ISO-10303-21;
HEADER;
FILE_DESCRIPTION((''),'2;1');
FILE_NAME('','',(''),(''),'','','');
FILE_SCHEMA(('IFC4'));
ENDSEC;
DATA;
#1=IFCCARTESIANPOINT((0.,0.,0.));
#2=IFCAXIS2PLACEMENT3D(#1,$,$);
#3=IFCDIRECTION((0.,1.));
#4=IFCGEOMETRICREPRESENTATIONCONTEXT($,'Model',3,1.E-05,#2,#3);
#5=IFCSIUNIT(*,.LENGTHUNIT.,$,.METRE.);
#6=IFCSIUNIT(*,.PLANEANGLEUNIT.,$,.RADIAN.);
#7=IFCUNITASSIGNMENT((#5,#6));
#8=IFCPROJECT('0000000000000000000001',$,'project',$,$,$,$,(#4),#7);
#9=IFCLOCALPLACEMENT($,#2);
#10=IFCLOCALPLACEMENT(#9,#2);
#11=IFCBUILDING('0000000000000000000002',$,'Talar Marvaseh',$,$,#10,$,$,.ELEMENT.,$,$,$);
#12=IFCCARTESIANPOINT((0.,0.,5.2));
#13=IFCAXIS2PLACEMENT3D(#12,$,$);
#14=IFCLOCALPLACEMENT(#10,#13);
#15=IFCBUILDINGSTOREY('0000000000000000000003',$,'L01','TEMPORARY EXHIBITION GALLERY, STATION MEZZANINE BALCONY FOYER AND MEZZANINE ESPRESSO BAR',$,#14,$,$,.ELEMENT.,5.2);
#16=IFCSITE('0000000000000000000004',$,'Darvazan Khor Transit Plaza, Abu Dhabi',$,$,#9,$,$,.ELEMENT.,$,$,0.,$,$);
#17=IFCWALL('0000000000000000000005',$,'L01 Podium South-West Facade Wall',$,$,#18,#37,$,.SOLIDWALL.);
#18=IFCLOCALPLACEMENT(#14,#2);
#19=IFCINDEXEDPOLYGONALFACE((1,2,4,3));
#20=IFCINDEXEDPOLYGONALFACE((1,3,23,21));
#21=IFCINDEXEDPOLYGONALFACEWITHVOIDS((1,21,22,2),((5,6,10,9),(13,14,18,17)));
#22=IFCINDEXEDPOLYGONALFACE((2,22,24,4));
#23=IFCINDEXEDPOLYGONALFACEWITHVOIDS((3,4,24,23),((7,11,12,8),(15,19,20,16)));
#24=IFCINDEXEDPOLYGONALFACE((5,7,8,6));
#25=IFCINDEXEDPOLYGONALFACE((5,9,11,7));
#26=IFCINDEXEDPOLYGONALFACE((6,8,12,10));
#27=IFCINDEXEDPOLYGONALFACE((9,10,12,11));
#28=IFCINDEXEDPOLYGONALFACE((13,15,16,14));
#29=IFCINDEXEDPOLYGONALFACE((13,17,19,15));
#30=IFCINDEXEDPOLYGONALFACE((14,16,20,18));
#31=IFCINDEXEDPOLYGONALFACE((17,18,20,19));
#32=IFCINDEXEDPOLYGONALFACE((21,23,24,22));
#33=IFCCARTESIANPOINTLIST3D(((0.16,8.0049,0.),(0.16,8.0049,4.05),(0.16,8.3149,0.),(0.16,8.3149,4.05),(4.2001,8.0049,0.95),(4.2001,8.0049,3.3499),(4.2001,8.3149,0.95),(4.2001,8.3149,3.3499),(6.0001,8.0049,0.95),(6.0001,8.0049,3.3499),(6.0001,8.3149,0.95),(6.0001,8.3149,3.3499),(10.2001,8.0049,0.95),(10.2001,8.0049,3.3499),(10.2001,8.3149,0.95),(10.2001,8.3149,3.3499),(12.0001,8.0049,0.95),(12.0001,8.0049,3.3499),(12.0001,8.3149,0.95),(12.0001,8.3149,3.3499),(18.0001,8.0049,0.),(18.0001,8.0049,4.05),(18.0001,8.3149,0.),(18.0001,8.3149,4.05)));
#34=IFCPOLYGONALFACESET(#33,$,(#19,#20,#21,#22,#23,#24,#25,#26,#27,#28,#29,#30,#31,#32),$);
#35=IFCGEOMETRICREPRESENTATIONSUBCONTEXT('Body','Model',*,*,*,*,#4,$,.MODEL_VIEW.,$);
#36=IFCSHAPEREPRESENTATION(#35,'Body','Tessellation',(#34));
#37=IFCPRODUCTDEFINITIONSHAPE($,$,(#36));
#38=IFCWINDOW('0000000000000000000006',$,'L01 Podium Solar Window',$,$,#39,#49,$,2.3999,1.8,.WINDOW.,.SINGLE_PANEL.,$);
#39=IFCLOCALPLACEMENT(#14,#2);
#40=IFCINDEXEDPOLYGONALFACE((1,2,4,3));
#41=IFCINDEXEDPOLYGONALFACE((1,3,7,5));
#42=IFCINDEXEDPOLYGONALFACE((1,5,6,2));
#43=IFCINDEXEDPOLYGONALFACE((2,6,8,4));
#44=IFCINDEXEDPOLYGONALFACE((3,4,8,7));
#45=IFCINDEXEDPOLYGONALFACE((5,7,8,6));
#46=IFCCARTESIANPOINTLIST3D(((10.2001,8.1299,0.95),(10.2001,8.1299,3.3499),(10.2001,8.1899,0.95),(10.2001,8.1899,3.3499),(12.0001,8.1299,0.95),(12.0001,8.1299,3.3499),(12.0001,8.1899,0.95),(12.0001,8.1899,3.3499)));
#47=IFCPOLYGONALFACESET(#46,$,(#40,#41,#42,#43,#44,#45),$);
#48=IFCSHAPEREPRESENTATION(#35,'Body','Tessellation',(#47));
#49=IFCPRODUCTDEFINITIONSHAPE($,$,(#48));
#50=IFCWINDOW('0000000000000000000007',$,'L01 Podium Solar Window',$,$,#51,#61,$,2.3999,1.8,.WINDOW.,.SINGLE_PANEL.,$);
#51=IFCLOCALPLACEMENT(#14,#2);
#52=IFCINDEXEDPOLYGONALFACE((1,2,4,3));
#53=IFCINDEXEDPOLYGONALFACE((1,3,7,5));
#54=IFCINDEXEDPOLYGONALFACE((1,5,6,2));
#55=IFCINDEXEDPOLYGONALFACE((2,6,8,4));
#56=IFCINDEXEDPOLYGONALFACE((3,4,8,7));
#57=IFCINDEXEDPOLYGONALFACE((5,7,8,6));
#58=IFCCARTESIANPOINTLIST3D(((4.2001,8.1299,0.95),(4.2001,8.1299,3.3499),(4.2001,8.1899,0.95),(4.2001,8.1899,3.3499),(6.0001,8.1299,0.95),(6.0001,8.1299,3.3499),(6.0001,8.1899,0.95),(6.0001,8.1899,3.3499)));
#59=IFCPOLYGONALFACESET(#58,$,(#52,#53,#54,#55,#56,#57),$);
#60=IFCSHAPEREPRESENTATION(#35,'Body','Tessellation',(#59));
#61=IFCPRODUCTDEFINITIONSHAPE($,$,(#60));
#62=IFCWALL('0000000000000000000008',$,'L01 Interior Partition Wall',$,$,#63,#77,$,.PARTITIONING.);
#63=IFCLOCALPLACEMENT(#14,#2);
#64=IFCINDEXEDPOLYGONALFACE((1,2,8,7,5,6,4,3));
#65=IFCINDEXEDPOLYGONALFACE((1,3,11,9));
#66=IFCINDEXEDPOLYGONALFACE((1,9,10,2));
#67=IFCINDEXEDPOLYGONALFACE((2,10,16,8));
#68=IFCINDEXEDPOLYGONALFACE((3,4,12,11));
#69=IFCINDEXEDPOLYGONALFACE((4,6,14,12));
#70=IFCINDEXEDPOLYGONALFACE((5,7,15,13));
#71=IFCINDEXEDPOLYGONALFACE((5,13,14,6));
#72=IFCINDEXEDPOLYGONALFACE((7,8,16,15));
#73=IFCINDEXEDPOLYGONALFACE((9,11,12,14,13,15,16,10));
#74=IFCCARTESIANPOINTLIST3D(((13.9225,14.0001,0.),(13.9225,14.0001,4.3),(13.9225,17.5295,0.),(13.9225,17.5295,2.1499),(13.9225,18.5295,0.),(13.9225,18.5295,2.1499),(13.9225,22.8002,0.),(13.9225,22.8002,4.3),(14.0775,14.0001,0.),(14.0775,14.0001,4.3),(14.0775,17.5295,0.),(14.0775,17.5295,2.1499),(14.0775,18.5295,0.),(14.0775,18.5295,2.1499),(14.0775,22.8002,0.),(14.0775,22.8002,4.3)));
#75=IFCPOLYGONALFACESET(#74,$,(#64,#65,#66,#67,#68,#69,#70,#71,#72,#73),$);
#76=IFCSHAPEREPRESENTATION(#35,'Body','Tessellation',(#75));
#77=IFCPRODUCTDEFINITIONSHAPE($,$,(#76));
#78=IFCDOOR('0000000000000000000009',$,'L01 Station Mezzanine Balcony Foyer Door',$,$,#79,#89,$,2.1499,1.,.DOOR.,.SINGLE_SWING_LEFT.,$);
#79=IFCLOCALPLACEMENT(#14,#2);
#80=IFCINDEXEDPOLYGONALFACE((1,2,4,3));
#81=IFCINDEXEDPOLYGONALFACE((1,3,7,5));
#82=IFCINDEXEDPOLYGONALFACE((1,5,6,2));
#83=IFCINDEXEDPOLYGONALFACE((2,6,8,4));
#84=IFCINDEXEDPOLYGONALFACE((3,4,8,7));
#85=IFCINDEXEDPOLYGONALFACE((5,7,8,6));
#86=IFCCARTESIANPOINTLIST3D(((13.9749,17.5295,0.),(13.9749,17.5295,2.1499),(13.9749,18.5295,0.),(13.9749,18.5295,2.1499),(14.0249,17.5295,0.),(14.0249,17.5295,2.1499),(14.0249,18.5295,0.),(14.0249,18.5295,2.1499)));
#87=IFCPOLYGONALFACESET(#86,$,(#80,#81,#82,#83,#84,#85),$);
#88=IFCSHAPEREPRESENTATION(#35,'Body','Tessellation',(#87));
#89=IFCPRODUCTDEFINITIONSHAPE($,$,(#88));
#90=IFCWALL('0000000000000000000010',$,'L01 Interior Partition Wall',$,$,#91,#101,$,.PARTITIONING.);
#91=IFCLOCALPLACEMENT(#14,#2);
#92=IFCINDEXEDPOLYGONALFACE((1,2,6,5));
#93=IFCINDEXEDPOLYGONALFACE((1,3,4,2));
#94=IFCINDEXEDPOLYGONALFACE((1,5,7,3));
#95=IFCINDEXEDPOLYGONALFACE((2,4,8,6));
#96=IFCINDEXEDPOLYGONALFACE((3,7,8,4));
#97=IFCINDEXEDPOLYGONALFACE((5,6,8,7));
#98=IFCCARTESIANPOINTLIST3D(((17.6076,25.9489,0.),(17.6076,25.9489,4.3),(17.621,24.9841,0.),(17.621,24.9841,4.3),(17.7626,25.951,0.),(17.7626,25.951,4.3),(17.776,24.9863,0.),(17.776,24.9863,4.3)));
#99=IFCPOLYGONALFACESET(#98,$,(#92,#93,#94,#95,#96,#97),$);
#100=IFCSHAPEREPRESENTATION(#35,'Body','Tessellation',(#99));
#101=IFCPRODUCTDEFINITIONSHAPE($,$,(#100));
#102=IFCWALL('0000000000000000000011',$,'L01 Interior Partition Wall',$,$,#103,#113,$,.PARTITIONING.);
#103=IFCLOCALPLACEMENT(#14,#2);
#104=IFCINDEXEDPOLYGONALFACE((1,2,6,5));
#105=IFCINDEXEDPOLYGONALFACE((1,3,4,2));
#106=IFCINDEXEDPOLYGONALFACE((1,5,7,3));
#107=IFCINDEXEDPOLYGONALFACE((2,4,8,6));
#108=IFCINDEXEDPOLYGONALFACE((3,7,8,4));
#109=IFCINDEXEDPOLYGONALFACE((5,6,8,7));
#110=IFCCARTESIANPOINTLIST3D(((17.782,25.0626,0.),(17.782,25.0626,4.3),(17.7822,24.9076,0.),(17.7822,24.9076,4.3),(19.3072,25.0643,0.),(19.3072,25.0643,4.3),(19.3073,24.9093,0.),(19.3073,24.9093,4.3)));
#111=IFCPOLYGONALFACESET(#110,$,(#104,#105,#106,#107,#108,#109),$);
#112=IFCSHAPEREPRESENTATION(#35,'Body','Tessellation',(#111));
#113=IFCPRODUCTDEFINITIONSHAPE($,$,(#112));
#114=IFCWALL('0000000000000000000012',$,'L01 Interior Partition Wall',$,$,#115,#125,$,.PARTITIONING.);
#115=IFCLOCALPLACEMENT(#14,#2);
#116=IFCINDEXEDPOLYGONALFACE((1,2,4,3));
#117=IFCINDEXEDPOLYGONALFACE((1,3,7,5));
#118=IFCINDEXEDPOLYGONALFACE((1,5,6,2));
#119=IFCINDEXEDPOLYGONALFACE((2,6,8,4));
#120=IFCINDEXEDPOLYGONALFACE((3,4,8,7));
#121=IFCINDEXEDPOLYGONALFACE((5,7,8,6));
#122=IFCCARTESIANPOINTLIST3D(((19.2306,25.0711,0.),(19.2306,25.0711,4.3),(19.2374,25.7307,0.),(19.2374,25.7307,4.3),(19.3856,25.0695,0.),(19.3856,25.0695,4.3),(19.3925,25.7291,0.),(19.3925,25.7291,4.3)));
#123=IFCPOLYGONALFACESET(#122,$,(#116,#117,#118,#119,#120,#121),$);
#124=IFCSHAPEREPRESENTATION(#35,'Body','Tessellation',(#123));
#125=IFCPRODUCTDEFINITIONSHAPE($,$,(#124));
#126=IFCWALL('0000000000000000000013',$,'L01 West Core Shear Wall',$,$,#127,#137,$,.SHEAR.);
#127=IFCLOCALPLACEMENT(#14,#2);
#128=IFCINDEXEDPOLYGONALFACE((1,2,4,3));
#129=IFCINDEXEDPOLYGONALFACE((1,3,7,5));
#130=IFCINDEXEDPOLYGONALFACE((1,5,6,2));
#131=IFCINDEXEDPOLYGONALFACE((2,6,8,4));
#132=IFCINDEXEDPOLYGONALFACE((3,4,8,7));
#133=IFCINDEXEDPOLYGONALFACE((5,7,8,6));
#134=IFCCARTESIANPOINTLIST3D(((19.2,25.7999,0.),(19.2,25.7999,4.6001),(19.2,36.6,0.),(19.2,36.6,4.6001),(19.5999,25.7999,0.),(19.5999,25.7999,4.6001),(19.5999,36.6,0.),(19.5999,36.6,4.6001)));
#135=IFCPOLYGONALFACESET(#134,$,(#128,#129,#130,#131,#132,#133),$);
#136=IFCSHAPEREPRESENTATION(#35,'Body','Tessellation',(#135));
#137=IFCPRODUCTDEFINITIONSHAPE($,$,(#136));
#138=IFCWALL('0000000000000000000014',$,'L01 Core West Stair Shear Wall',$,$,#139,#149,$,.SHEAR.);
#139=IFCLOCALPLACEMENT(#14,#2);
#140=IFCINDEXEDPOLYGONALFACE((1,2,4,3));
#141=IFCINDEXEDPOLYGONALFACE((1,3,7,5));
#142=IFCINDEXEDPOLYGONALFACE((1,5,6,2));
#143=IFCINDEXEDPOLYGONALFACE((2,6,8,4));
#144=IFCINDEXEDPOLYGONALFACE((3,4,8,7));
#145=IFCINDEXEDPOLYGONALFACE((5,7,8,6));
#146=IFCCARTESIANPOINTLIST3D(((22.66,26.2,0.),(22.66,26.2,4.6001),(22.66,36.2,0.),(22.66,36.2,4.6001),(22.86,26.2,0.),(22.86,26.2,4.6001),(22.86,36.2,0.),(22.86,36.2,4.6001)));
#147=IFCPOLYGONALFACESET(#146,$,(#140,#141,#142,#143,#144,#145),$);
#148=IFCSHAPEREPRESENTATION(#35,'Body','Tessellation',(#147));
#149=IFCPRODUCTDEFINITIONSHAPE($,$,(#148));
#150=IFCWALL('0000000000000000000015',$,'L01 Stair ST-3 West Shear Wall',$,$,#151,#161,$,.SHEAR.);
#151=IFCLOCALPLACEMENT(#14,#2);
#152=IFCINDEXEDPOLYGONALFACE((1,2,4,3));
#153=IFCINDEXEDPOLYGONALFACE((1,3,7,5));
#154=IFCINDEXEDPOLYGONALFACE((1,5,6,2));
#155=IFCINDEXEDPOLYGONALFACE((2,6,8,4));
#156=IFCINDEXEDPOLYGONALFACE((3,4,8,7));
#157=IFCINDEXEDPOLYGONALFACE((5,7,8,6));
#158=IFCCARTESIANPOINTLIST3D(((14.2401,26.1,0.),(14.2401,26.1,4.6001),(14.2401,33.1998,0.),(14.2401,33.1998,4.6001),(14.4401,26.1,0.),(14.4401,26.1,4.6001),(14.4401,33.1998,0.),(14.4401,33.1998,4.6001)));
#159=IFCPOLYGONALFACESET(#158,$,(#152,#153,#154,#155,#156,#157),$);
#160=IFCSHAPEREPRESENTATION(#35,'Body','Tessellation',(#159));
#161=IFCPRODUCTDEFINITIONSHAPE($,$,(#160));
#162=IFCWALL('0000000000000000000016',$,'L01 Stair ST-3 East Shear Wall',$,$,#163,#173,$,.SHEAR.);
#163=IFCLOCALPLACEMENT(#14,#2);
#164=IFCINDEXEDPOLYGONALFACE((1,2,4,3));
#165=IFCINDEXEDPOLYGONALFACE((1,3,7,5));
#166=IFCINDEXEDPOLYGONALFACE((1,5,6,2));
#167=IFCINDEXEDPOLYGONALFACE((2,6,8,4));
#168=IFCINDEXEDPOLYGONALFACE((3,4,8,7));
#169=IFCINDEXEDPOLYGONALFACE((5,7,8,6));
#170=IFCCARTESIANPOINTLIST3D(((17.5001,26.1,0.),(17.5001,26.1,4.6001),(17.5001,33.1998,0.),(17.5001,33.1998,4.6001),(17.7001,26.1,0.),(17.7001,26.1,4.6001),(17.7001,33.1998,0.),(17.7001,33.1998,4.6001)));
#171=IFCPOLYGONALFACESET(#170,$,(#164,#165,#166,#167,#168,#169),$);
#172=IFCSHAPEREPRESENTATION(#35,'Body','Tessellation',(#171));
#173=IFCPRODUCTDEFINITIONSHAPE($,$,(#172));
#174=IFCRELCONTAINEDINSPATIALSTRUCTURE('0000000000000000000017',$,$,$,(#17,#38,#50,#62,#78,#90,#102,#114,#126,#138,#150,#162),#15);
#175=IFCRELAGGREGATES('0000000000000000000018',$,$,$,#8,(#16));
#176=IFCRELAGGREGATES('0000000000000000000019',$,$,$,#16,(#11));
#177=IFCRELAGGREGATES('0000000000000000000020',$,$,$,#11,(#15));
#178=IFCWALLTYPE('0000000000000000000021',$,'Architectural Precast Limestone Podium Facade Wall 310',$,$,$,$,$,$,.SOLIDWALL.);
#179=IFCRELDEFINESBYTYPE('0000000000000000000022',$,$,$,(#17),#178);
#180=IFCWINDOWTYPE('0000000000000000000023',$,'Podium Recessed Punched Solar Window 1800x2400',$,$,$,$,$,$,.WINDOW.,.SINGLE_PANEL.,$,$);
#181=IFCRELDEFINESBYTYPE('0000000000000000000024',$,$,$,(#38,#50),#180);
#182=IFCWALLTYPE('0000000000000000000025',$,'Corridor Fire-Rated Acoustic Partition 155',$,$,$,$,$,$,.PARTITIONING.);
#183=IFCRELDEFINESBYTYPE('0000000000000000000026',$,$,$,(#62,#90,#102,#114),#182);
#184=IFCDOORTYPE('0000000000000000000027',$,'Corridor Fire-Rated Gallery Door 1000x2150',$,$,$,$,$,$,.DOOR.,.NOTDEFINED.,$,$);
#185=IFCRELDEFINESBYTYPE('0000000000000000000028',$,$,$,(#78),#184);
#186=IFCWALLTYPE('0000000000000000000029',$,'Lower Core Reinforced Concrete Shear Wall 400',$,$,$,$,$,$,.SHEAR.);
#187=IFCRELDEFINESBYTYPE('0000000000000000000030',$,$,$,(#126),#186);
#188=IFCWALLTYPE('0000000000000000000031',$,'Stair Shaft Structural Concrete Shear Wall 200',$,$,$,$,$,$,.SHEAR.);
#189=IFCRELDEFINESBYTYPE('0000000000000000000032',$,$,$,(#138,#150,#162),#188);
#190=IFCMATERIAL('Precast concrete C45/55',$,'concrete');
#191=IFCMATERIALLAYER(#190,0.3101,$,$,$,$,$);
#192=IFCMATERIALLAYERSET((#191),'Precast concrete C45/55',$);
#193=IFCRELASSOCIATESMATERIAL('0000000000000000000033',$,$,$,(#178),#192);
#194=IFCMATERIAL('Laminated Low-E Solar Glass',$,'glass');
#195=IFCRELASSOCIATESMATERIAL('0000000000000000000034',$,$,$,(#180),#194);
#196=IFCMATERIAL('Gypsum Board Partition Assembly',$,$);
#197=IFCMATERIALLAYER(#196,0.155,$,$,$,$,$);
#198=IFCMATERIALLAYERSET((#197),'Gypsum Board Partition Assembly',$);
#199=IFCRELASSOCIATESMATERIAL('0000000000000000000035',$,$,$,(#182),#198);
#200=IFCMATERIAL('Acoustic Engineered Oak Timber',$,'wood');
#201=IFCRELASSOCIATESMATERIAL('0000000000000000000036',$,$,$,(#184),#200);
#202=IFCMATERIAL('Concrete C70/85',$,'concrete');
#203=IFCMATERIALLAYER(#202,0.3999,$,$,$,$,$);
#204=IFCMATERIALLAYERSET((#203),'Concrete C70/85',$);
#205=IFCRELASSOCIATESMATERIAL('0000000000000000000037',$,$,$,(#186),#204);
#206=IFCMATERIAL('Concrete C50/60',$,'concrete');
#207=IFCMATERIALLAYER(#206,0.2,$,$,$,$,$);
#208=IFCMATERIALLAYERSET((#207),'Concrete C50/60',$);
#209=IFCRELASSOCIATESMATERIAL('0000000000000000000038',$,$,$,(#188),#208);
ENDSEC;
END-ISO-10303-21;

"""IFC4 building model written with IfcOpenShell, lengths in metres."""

from ifc_helpers import new_model, si_unit, direction, frame, frame_2d, origin, place, context, subcontext, project, spatial, rectangle, extrude, source, transform, mapped, material, layer, layer_set, type_object, type_shapes, element, fill, save


model = new_model("IFC4")

# Units and contexts
model_context = context("Model", 3, precision=1e-05, world=origin(), true_north=direction((0.0, 1.0)))
body_context = subcontext(model_context, "Body", "Model", "MODEL_VIEW")
ifc_project = project(units=[si_unit("LENGTHUNIT", "METRE"), si_unit("PLANEANGLEUNIT", "RADIAN")], contexts=[model_context])

# Site, building, storey
site_placement = place(None, origin())
site = spatial("IfcSite", under=ifc_project, at=site_placement, Name="Darvazan Khor Transit Plaza, Abu Dhabi", CompositionType="ELEMENT", RefElevation=0.0)
building_placement = place(site_placement, origin())
building = spatial("IfcBuilding", under=site, at=building_placement, Name="Talar Marvaseh", CompositionType="ELEMENT")
storey_placement = place(building_placement, frame((0.0, 0.0, 5.2)))
storey = spatial("IfcBuildingStorey", under=building, at=storey_placement, Name="L01", Description="TEMPORARY EXHIBITION GALLERY, STATION MEZZANINE BALCONY FOYER AND MEZZANINE ESPRESSO BAR", CompositionType="ELEMENT", Elevation=5.2)

# Shared definitions
ifc_material_1 = material(Name="Concrete C70/85", Category="concrete")

# Shared definitions
ifc_material_2 = material(Name="Laminated Low-E Solar Glass", Category="glass")

# Wall, openings, windows
ifc_material_3 = material(Name="Precast concrete C45/55", Category="concrete")
ifc_layer_1 = layer(ifc_material_3, 0.3101)
ifc_layer_set_1 = layer_set([ifc_layer_1], Name="Precast concrete C45/55")
wall_type_1 = type_object("IfcWallType", Name="Architectural Precast Limestone Podium Facade Wall 310", PredefinedType="SOLIDWALL", material=ifc_layer_set_1)
wall_1_placement = place(storey_placement, frame((18.0, 8.1599, 0.0), z_axis=(0.0, 0.0, 1.0), x_axis=(-1.0, 0.0, 0.0)))
wall_1 = element("IfcWall", 1, at=wall_1_placement, inside=storey, type_object=wall_type_1, Name="L01 Podium South-West Facade Wall", PredefinedType="SOLIDWALL", context=body_context, shape_type="SweptSolid", body=[
    extrude(rectangle(XDim=17.8401, YDim=0.3101, at=frame_2d((8.9199, 0.0))), origin(), (0.0, 0.0, 1.0), 4.05),
])
opening_1_placement = place(wall_1_placement, frame((6.0, 0.0, 0.95)))
opening_1 = element("IfcOpeningElement", 2, at=opening_1_placement, cuts=wall_1, PredefinedType="OPENING", context=body_context, shape_type="SweptSolid", body=[
    extrude(rectangle(XDim=1.8, YDim=2.3999, at=frame_2d((0.8999, 1.2))), frame((0.0, 0.165, 0.0), z_axis=(0.0, -1.0, 0.0), x_axis=(1.0, 0.0, 0.0)), (0.0, 0.0, 1.0), 0.3301),
])
opening_2_placement = place(wall_1_placement, frame((12.0, 0.0, 0.95)))
opening_2 = element("IfcOpeningElement", 3, at=opening_2_placement, cuts=wall_1, PredefinedType="OPENING", context=body_context, shape_type="SweptSolid", body=[
    extrude(rectangle(XDim=1.8, YDim=2.3999, at=frame_2d((0.8999, 1.2))), frame((0.0, 0.165, 0.0), z_axis=(0.0, -1.0, 0.0), x_axis=(1.0, 0.0, 0.0)), (0.0, 0.0, 1.0), 0.3301),
])
window_type = type_object("IfcWindowType", Name="Podium Recessed Punched Solar Window 1800x2400", PartitioningType="SINGLE_PANEL", PredefinedType="WINDOW", material=ifc_material_2)
shared_shape_1 = source(origin(), body_context, "Body", "SweptSolid", [
    extrude(rectangle(XDim=1.8, YDim=2.3999, at=frame_2d((0.8999, 1.2))), frame((0.0, 0.03, 0.0), z_axis=(0.0, -1.0, 0.0), x_axis=(1.0, 0.0, 0.0)), (0.0, 0.0, 1.0), 0.0601),
])
type_shapes(window_type, [shared_shape_1])
window_1_placement = place(opening_1_placement, origin())
window_1 = element("IfcWindow", 4, at=window_1_placement, inside=storey, type_object=window_type, Name="L01 Podium Solar Window", OverallHeight=2.3999, OverallWidth=1.8, PartitioningType="SINGLE_PANEL", PredefinedType="WINDOW", context=body_context, shape_type="MappedRepresentation", body=[
    mapped(shared_shape_1, transform((0.0, 0.0, 0.0), x_axis=(1.0, 0.0, 0.0), y_axis=(0.0, 1.0, 0.0), z_axis=(0.0, 0.0, 1.0), scale=1.0)),
])
fill(opening_1, window_1)
window_2_placement = place(opening_2_placement, origin())
window_2 = element("IfcWindow", 5, at=window_2_placement, inside=storey, type_object=window_type, Name="L01 Podium Solar Window", OverallHeight=2.3999, OverallWidth=1.8, PartitioningType="SINGLE_PANEL", PredefinedType="WINDOW", context=body_context, shape_type="MappedRepresentation", body=[
    mapped(shared_shape_1, transform((0.0, 0.0, 0.0), x_axis=(1.0, 0.0, 0.0), y_axis=(0.0, 1.0, 0.0), z_axis=(0.0, 0.0, 1.0), scale=1.0)),
])
fill(opening_2, window_2)

# Wall, opening, door
ifc_material_4 = material(Name="Gypsum Board Partition Assembly")
ifc_layer_2 = layer(ifc_material_4, 0.155)
ifc_layer_set_2 = layer_set([ifc_layer_2], Name="Gypsum Board Partition Assembly")
wall_type_2 = type_object("IfcWallType", Name="Corridor Fire-Rated Acoustic Partition 155", PredefinedType="PARTITIONING", material=ifc_layer_set_2)
wall_2_placement = place(storey_placement, frame((14.0, 22.8, 0.0), z_axis=(0.0, 0.0, 1.0), x_axis=(0.0, -1.0, 0.0)))
wall_2 = element("IfcWall", 6, at=wall_2_placement, inside=storey, type_object=wall_type_2, Name="L01 Interior Partition Wall", PredefinedType="PARTITIONING", context=body_context, shape_type="SweptSolid", body=[
    extrude(rectangle(XDim=8.8, YDim=0.155, at=frame_2d((4.3999, 0.0))), origin(), (0.0, 0.0, 1.0), 4.3),
])
opening_3_placement = place(wall_2_placement, frame((4.2705, 0.0, 0.0)))
opening_3 = element("IfcOpeningElement", 7, at=opening_3_placement, cuts=wall_2, PredefinedType="OPENING", context=body_context, shape_type="SweptSolid", body=[
    extrude(rectangle(XDim=1.0, YDim=2.1499, at=frame_2d((0.5, 1.075))), frame((0.0, 0.0874, 0.0), z_axis=(0.0, -1.0, 0.0), x_axis=(1.0, 0.0, 0.0)), (0.0, 0.0, 1.0), 0.175),
])
ifc_material_5 = material(Name="Acoustic Engineered Oak Timber", Category="wood")
door_type_1 = type_object("IfcDoorType", Name="Corridor Fire-Rated Gallery Door 1000x2150", OperationType="NOTDEFINED", PredefinedType="DOOR", material=ifc_material_5)
shared_shape_2 = source(origin(), body_context, "Body", "SweptSolid", [
    extrude(rectangle(XDim=1.0, YDim=2.1499, at=frame_2d((0.5, 1.075))), frame((0.0, 0.0249, 0.0), z_axis=(0.0, -1.0, 0.0), x_axis=(1.0, 0.0, 0.0)), (0.0, 0.0, 1.0), 0.05),
])
type_shapes(door_type_1, [shared_shape_2])
door_1_placement = place(opening_3_placement, origin())
door_1 = element("IfcDoor", 8, at=door_1_placement, inside=storey, type_object=door_type_1, Name="L01 Station Mezzanine Balcony Foyer Door", OperationType="SINGLE_SWING_LEFT", OverallHeight=2.1499, OverallWidth=1.0, PredefinedType="DOOR", context=body_context, shape_type="MappedRepresentation", body=[
    mapped(shared_shape_2, transform((0.0, 0.0, 0.0), x_axis=(1.0, 0.0, 0.0), y_axis=(0.0, 1.0, 0.0), z_axis=(0.0, 0.0, 1.0), scale=1.0)),
])
fill(opening_3, door_1)

# Walls
wall_3_placement = place(storey_placement, frame((17.6851, 25.95, 0.0), z_axis=(0.0, 0.0, 1.0), x_axis=(0.013916, -0.999903, 0.0)))
element("IfcWall", 9, at=wall_3_placement, inside=storey, type_object=wall_type_2, Name="L01 Interior Partition Wall", PredefinedType="PARTITIONING", context=body_context, shape_type="SweptSolid", body=[
    extrude(rectangle(XDim=0.9648, YDim=0.155, at=frame_2d((0.4824, 0.0))), origin(), (0.0, 0.0, 1.0), 4.3),
])
wall_4_placement = place(storey_placement, frame((17.782, 24.9851, 0.0), z_axis=(0.0, 0.0, 1.0), x_axis=(0.999999, 0.001121, 0.0)))
element("IfcWall", 10, at=wall_4_placement, inside=storey, type_object=wall_type_2, Name="L01 Interior Partition Wall", PredefinedType="PARTITIONING", context=body_context, shape_type="SweptSolid", body=[
    extrude(rectangle(XDim=1.5251, YDim=0.155, at=frame_2d((0.7627, 0.0))), origin(), (0.0, 0.0, 1.0), 4.3),
])
wall_5_placement = place(storey_placement, frame((19.3081, 25.0703, 0.0), z_axis=(0.0, 0.0, 1.0), x_axis=(0.010362, 0.999946, 0.0)))
element("IfcWall", 11, at=wall_5_placement, inside=storey, type_object=wall_type_2, Name="L01 Interior Partition Wall", PredefinedType="PARTITIONING", context=body_context, shape_type="SweptSolid", body=[
    extrude(rectangle(XDim=0.6597, YDim=0.155, at=frame_2d((0.3298, 0.0))), origin(), (0.0, 0.0, 1.0), 4.3),
])
ifc_layer_3 = layer(ifc_material_1, 0.3999)
ifc_layer_set_3 = layer_set([ifc_layer_3], Name="Concrete C70/85")
wall_type_3 = type_object("IfcWallType", Name="Lower Core Reinforced Concrete Shear Wall 400", PredefinedType="SHEAR", material=ifc_layer_set_3)
wall_6_placement = place(storey_placement, frame((19.3999, 25.8, 0.0), z_axis=(0.0, 0.0, 1.0), x_axis=(0.0, 1.0, 0.0)))
element("IfcWall", 12, at=wall_6_placement, inside=storey, type_object=wall_type_3, Name="L01 West Core Shear Wall", PredefinedType="SHEAR", context=body_context, shape_type="SweptSolid", body=[
    extrude(rectangle(XDim=10.8, YDim=0.3999, at=frame_2d((5.3999, 0.0))), origin(), (0.0, 0.0, 1.0), 4.6001),
])
ifc_material_6 = material(Name="Concrete C50/60", Category="concrete")
ifc_layer_4 = layer(ifc_material_6, 0.2)
ifc_layer_set_4 = layer_set([ifc_layer_4], Name="Concrete C50/60")
wall_type_4 = type_object("IfcWallType", Name="Stair Shaft Structural Concrete Shear Wall 200", PredefinedType="SHEAR", material=ifc_layer_set_4)
wall_7_placement = place(storey_placement, frame((22.76, 26.2, 0.0), z_axis=(0.0, 0.0, 1.0), x_axis=(0.0, 1.0, 0.0)))
element("IfcWall", 13, at=wall_7_placement, inside=storey, type_object=wall_type_4, Name="L01 Core West Stair Shear Wall", PredefinedType="SHEAR", context=body_context, shape_type="SweptSolid", body=[
    extrude(rectangle(XDim=10.0, YDim=0.2, at=frame_2d((5.0, 0.0))), origin(), (0.0, 0.0, 1.0), 4.6001),
])

# Walls
for number, where, z_axis, x_axis, name in (
    (14, (14.3401, 26.1001, 0.0), (0.0, 0.0, 1.0), (0.0, 1.0, 0.0), "L01 Stair ST-3 West Shear Wall"),
    (15, (17.6001, 26.1001, 0.0), (0.0, 0.0, 1.0), (0.0, 1.0, 0.0), "L01 Stair ST-3 East Shear Wall"),
):
    element("IfcWall", number, at=place(storey_placement, frame(where, z_axis=z_axis, x_axis=x_axis)), inside=storey, type_object=wall_type_4, Name=name, PredefinedType="SHEAR", context=body_context, shape_type="SweptSolid", body=[
        extrude(rectangle(XDim=7.0999, YDim=0.2, at=frame_2d((3.5498, 0.0))), origin(), (0.0, 0.0, 1.0), 4.6001),
    ])

save(model, "model.ifc")
